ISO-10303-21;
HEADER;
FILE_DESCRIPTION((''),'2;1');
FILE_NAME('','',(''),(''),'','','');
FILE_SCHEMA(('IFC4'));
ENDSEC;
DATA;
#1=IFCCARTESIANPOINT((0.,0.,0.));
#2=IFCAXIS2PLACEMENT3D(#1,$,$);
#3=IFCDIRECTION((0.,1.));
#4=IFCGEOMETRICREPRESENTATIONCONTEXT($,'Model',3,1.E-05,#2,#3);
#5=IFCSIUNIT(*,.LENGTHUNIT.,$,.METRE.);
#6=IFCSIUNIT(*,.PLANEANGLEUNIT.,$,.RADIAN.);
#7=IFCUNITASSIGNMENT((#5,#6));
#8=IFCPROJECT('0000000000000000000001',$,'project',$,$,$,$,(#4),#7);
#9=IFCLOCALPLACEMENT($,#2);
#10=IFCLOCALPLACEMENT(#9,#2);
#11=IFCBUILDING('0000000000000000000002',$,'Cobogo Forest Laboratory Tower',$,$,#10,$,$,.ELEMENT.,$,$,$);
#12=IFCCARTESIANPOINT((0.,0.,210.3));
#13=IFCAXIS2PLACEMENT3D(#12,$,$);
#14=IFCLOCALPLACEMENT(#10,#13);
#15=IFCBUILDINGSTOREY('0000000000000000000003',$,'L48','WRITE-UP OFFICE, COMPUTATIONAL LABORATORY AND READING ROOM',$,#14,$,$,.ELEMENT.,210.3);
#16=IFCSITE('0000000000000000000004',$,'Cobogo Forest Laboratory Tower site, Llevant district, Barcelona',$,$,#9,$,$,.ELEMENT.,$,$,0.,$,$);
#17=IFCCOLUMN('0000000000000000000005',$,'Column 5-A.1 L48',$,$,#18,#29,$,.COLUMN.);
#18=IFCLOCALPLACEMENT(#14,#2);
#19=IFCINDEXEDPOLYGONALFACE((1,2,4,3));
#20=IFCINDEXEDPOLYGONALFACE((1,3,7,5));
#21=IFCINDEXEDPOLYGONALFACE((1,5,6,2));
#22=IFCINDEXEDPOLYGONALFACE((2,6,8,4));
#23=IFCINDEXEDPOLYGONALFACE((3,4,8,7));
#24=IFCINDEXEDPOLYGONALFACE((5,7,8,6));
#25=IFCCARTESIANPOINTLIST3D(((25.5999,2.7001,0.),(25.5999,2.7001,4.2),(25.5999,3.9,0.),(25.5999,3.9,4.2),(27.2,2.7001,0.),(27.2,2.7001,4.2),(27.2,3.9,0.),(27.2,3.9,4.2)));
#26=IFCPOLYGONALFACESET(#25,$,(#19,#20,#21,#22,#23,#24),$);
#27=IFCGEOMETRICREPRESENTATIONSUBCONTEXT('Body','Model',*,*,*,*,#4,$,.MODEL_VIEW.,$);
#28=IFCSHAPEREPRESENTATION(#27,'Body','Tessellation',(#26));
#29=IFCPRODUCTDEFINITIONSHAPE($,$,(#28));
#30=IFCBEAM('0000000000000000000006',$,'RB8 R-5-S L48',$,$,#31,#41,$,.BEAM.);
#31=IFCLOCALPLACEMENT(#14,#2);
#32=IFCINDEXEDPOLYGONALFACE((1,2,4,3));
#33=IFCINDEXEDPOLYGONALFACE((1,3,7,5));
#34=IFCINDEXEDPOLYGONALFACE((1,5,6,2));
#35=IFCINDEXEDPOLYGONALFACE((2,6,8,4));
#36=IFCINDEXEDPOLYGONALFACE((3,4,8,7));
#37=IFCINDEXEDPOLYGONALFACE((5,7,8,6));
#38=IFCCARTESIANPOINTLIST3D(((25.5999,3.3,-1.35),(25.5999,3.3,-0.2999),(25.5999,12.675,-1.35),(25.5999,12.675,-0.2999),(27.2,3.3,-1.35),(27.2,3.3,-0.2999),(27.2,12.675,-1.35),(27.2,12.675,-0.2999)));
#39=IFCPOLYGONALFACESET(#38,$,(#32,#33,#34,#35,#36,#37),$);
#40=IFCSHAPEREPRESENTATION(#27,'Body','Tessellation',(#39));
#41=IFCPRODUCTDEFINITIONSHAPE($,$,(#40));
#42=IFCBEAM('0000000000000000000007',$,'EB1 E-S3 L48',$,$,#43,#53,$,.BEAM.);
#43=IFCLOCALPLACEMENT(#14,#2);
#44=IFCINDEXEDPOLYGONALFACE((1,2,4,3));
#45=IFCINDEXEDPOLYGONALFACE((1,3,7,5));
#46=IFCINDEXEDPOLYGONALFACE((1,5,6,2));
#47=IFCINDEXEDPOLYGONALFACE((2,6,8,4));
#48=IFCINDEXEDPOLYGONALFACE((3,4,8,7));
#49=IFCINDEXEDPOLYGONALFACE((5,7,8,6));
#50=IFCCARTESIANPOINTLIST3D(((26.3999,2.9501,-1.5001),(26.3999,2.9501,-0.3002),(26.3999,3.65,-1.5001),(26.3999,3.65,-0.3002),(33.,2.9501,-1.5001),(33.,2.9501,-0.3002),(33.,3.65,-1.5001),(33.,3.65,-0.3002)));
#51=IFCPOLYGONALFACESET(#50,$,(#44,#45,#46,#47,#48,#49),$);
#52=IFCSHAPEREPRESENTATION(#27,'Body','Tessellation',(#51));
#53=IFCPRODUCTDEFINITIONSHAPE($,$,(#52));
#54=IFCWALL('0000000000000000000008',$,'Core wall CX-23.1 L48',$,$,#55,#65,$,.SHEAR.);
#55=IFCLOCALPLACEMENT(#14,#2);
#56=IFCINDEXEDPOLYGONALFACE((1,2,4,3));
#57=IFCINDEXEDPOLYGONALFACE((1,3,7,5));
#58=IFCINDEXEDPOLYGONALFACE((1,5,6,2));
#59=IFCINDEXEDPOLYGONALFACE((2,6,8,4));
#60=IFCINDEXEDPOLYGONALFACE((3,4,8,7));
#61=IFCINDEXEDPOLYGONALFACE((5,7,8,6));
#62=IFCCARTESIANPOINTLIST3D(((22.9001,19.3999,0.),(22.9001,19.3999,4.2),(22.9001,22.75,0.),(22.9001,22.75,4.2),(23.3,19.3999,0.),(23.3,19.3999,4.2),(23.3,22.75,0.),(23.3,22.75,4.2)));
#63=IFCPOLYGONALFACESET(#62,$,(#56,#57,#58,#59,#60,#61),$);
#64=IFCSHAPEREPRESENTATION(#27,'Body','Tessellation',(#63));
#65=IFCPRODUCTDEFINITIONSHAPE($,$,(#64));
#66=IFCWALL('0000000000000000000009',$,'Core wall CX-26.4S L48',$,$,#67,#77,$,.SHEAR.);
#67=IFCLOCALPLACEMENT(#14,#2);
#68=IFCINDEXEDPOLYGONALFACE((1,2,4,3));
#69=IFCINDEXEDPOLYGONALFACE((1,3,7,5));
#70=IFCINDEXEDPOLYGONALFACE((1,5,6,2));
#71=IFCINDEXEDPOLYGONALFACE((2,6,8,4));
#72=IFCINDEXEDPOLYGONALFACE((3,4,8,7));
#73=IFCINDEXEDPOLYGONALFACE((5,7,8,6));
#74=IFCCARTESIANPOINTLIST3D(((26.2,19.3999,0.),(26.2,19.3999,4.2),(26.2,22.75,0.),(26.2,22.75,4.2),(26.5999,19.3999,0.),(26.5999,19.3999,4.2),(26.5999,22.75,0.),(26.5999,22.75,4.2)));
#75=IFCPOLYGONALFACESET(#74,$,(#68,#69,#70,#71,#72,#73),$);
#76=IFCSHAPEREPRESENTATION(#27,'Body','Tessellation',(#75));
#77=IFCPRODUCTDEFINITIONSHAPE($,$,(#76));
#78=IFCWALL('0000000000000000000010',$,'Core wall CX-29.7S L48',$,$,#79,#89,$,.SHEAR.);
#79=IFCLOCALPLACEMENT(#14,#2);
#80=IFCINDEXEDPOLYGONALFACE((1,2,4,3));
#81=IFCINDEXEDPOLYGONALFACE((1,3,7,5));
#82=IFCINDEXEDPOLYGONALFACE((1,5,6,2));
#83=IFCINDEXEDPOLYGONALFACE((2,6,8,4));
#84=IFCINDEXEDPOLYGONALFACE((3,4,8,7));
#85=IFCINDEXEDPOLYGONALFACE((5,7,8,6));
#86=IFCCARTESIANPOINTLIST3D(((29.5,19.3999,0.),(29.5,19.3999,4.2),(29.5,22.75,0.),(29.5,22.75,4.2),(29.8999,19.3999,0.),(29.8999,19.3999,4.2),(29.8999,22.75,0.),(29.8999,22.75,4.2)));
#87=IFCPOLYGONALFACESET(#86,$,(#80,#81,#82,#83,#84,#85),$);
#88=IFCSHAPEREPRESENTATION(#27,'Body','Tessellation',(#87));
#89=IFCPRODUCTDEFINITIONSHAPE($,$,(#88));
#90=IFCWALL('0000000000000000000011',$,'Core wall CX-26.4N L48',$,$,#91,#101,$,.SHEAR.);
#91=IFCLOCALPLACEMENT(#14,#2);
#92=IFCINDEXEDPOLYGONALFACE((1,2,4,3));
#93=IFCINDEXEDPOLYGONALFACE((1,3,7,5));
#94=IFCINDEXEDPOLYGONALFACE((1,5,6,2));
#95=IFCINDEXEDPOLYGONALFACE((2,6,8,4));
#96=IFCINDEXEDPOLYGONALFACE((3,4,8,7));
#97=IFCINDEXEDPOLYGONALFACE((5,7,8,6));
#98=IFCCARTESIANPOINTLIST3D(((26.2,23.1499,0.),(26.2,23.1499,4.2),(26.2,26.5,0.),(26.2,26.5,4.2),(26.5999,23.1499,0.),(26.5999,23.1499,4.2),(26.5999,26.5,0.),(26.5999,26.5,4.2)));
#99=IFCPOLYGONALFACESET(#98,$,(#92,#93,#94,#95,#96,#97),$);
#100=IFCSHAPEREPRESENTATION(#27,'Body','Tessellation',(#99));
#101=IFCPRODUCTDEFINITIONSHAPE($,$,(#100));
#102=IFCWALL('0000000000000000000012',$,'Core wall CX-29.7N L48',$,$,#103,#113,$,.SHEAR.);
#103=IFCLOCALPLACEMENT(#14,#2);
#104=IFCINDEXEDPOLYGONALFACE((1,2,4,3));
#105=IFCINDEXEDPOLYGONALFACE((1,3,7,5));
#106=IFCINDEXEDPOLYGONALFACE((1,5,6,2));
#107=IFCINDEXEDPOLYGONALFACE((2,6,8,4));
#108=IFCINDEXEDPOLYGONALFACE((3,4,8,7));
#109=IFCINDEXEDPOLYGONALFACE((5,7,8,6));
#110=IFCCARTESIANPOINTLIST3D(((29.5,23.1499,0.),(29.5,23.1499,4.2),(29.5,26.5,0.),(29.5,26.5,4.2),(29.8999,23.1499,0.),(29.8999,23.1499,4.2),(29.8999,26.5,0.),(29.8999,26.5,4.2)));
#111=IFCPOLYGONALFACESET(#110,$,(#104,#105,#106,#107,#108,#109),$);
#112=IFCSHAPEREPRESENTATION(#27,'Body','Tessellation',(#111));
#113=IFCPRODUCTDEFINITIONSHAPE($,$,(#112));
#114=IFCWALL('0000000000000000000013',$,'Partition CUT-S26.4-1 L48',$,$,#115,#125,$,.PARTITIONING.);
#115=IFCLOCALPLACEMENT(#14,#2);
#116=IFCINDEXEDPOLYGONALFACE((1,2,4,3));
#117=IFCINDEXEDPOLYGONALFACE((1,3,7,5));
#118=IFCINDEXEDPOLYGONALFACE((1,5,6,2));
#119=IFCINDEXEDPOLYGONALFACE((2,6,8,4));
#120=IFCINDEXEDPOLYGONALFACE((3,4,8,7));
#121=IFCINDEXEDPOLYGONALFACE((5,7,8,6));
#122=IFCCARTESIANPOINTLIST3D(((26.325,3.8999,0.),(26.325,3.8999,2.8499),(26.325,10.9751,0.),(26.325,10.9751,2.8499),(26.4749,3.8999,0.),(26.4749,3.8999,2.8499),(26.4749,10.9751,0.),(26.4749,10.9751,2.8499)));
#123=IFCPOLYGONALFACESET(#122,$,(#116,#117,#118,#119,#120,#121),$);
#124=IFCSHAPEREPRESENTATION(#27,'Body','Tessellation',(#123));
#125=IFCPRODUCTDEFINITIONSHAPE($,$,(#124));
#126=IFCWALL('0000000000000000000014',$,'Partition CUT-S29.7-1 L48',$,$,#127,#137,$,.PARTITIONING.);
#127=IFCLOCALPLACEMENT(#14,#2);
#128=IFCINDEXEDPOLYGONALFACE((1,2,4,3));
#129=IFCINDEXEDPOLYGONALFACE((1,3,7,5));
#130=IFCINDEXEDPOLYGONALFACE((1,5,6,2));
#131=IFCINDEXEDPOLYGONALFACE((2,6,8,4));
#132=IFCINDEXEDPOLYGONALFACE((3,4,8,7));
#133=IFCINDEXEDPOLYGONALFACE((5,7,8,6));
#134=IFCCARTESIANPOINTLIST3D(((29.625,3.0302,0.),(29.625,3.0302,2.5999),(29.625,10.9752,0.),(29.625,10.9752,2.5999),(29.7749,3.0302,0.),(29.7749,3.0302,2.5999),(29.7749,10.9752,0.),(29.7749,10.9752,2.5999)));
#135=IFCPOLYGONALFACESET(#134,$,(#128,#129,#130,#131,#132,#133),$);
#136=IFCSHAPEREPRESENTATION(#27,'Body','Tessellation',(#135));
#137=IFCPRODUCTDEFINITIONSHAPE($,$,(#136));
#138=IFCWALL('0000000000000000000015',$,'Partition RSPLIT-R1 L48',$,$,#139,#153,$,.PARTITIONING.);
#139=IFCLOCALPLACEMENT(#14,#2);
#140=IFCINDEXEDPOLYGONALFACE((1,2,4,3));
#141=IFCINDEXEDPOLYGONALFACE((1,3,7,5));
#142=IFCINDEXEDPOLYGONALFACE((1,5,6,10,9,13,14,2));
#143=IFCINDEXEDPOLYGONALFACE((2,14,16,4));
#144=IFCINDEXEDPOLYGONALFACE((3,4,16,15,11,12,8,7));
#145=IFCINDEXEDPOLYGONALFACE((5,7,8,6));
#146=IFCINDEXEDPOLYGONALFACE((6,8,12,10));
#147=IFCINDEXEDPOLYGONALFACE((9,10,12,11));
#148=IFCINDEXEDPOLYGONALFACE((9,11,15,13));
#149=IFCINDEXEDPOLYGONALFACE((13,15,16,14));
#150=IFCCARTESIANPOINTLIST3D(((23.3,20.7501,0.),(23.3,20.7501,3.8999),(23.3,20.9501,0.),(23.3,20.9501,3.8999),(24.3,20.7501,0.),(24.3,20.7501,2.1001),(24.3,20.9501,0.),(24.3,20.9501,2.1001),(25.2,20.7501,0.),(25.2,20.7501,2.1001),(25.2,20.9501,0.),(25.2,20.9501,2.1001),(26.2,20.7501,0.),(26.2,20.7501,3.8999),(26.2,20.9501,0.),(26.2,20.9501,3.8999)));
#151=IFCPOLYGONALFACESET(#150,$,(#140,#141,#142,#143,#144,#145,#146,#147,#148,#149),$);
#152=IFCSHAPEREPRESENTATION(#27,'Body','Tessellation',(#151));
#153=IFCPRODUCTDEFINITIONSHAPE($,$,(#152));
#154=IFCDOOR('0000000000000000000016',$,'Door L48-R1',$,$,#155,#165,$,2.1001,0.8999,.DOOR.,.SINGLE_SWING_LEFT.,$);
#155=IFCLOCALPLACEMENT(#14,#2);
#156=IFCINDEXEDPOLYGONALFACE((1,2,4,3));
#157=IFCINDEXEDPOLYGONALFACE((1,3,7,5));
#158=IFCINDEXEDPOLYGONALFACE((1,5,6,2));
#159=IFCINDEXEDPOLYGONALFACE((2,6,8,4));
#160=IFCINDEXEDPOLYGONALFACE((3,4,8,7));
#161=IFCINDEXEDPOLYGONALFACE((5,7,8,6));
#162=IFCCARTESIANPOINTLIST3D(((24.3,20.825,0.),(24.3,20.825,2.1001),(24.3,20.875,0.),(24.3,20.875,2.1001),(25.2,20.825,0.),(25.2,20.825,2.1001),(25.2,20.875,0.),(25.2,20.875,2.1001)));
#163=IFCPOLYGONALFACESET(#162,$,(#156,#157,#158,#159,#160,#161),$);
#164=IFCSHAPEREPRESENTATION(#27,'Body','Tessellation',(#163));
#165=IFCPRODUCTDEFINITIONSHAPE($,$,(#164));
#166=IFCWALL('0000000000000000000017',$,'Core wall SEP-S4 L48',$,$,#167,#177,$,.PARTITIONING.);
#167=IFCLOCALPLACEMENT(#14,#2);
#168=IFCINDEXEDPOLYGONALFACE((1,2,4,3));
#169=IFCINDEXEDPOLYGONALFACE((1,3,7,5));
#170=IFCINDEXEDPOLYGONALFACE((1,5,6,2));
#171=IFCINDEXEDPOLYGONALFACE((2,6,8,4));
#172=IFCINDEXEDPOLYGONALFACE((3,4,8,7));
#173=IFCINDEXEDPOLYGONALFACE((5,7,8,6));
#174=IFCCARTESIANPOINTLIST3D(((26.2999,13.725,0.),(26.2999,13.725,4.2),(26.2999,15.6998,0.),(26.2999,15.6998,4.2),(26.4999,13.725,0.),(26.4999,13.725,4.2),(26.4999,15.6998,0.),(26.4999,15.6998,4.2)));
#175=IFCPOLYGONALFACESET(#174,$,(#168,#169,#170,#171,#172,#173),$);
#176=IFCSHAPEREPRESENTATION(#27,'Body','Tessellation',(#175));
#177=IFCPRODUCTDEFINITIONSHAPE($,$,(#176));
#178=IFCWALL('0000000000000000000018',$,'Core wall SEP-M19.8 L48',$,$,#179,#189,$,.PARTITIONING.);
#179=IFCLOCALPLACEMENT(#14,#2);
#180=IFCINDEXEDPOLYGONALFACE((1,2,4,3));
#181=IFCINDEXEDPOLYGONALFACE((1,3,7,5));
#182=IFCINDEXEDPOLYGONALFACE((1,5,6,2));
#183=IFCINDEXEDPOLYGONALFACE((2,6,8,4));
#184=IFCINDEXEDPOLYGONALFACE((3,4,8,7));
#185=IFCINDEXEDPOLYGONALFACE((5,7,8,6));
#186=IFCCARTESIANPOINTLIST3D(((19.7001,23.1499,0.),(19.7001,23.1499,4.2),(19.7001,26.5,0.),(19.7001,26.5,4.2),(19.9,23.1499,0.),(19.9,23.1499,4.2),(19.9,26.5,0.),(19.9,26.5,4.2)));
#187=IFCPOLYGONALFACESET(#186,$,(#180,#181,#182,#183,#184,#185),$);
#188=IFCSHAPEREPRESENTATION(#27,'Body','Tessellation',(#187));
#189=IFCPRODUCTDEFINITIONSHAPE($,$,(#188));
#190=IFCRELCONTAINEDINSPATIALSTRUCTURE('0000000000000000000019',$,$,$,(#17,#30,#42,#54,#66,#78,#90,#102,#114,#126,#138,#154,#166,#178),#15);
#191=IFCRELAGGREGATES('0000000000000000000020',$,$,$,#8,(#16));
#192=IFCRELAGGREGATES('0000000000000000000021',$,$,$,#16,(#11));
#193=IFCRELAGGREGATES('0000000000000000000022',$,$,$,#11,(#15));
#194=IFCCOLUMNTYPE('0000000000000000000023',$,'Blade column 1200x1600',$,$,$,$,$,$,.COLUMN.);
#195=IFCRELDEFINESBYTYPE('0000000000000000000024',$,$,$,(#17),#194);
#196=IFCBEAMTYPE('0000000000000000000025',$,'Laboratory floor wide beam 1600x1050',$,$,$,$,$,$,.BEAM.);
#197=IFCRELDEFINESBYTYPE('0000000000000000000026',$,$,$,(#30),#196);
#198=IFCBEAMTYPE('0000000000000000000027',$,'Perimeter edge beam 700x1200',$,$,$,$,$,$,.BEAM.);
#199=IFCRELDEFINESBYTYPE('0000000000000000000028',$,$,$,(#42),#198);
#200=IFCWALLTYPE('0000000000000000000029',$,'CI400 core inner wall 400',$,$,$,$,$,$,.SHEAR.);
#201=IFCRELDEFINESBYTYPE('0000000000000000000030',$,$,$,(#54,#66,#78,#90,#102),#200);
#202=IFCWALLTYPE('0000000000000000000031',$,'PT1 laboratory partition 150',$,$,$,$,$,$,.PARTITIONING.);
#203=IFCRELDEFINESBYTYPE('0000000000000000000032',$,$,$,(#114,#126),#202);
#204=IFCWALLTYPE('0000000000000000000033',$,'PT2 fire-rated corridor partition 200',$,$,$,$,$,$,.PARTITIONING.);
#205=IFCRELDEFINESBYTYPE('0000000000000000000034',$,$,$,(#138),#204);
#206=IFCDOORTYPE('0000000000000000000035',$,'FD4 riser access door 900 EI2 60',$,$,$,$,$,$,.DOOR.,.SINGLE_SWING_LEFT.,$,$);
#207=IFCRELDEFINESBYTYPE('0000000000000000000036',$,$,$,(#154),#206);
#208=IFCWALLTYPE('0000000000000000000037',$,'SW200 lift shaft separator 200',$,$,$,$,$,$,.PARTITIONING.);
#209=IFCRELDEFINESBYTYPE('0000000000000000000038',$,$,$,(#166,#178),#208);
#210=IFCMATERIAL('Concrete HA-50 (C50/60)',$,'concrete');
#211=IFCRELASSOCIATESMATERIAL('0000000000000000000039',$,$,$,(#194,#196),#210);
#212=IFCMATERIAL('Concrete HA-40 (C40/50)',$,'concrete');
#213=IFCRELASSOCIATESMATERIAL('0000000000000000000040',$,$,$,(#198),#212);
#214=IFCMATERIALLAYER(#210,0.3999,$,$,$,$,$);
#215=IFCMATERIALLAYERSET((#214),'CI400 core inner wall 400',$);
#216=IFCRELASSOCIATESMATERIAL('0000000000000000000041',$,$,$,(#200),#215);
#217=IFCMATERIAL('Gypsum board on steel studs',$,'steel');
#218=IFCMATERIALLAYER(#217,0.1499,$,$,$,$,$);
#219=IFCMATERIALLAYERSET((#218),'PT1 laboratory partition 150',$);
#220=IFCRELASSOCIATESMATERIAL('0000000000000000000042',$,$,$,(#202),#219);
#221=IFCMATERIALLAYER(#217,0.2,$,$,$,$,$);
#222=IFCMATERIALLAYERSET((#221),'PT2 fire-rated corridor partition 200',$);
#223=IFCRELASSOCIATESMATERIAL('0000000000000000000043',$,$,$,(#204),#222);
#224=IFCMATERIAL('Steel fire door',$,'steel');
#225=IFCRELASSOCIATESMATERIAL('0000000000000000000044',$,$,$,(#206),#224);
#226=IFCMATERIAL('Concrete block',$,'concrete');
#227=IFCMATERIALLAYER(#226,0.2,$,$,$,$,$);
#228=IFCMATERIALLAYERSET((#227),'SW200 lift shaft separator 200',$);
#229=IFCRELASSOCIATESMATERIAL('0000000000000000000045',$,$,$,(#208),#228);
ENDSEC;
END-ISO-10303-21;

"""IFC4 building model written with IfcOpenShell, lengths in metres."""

from ifc_helpers import new_model, si_unit, direction, frame, frame_2d, origin, origin_2d, place, context, subcontext, project, spatial, rectangle, extrude, material, layer, layer_set, material_profile, profile_set, type_object, element, fill, save


model = new_model("IFC4")

# Units and contexts
model_context = context("Model", 3, precision=1e-05, world=origin(), true_north=direction((0.0, 1.0)))
body_context = subcontext(model_context, "Body", "Model", "MODEL_VIEW")
ifc_project = project(units=[si_unit("LENGTHUNIT", "METRE"), si_unit("PLANEANGLEUNIT", "RADIAN")], contexts=[model_context])

# Site, building, storey
site_placement = place(None, origin())
site = spatial("IfcSite", under=ifc_project, at=site_placement, Name="Cobogo Forest Laboratory Tower site, Llevant district, Barcelona", CompositionType="ELEMENT", RefElevation=0.0)
building_placement = place(site_placement, origin())
building = spatial("IfcBuilding", under=site, at=building_placement, Name="Cobogo Forest Laboratory Tower", CompositionType="ELEMENT")
storey_placement = place(building_placement, frame((0.0, 0.0, 210.3)))
storey = spatial("IfcBuildingStorey", under=building, at=storey_placement, Name="L48", Description="WRITE-UP OFFICE, COMPUTATIONAL LABORATORY AND READING ROOM", CompositionType="ELEMENT", Elevation=210.3)

# Column
ifc_material_1 = material(Name="Concrete HA-50 (C50/60)", Category="concrete")
ifc_material_profile_1 = material_profile(ifc_material_1, rectangle(XDim=1.6001, YDim=1.2, at=origin_2d()), Name="RC 1200x1600")
ifc_profile_set_1 = profile_set([ifc_material_profile_1], Name="Concrete HA-50 (C50/60)")
column_type = type_object("IfcColumnType", Name="Blade column 1200x1600", PredefinedType="COLUMN", material=ifc_profile_set_1)
column_placement = place(storey_placement, frame((26.3999, 3.3, 0.0), z_axis=(0.0, 0.0, 1.0), x_axis=(1.0, 0.0, 0.0)))
element("IfcColumn", 1, at=column_placement, inside=storey, type_object=column_type, Name="Column 5-A.1 L48", PredefinedType="COLUMN", context=body_context, shape_type="SweptSolid", body=[
    extrude(rectangle(XDim=1.6001, YDim=1.2, at=origin_2d()), origin(), (0.0, 0.0, 1.0), 4.2),
])

# Beams
ifc_material_profile_2 = material_profile(ifc_material_1, rectangle(XDim=1.6001, YDim=1.05, at=origin_2d()), Name="RC 1600x1050")
ifc_profile_set_2 = profile_set([ifc_material_profile_2], Name="Concrete HA-50 (C50/60)")
beam_type_1 = type_object("IfcBeamType", Name="Laboratory floor wide beam 1600x1050", PredefinedType="BEAM", material=ifc_profile_set_2)
beam_1_placement = place(storey_placement, frame((26.3999, 12.675, -0.825), z_axis=(0.0, -1.0, 0.0), x_axis=(1.0, 0.0, 0.0)))
element("IfcBeam", 2, at=beam_1_placement, inside=storey, type_object=beam_type_1, Name="RB8 R-5-S L48", PredefinedType="BEAM", context=body_context, shape_type="SweptSolid", body=[
    extrude(rectangle(XDim=1.6001, YDim=1.05, at=origin_2d()), origin(), (0.0, 0.0, 1.0), 9.375),
])
ifc_material_2 = material(Name="Concrete HA-40 (C40/50)", Category="concrete")
ifc_material_profile_3 = material_profile(ifc_material_2, rectangle(XDim=0.7, YDim=1.2, at=origin_2d()), Name="RC 700x1200")
ifc_profile_set_3 = profile_set([ifc_material_profile_3], Name="Concrete HA-40 (C40/50)")
beam_type_2 = type_object("IfcBeamType", Name="Perimeter edge beam 700x1200", PredefinedType="BEAM", material=ifc_profile_set_3)
beam_2_placement = place(storey_placement, frame((26.3999, 3.3, -0.9001), z_axis=(1.0, 0.0, 0.0), x_axis=(0.0, 1.0, 0.0)))
element("IfcBeam", 3, at=beam_2_placement, inside=storey, type_object=beam_type_2, Name="EB1 E-S3 L48", PredefinedType="BEAM", context=body_context, shape_type="SweptSolid", body=[
    extrude(rectangle(XDim=0.7, YDim=1.2, at=origin_2d()), origin(), (0.0, 0.0, 1.0), 6.6001),
])

# Walls
ifc_layer_1 = layer(ifc_material_1, 0.3999)
ifc_layer_set_1 = layer_set([ifc_layer_1], Name="CI400 core inner wall 400")
wall_type_1 = type_object("IfcWallType", Name="CI400 core inner wall 400", PredefinedType="SHEAR", material=ifc_layer_set_1)
for number, where, z_axis, x_axis, name in (
    (4, (23.1001, 19.3999, 0.0), (0.0, 0.0, 1.0), (0.0, 1.0, 0.0), "Core wall CX-23.1 L48"),
    (5, (26.3999, 19.3999, 0.0), (0.0, 0.0, 1.0), (0.0, 1.0, 0.0), "Core wall CX-26.4S L48"),
    (6, (29.7, 19.3999, 0.0), (0.0, 0.0, 1.0), (0.0, 1.0, 0.0), "Core wall CX-29.7S L48"),
    (7, (26.3999, 23.1499, 0.0), (0.0, 0.0, 1.0), (0.0, 1.0, 0.0), "Core wall CX-26.4N L48"),
    (8, (29.7, 23.1499, 0.0), (0.0, 0.0, 1.0), (0.0, 1.0, 0.0), "Core wall CX-29.7N L48"),
):
    element("IfcWall", number, at=place(storey_placement, frame(where, z_axis=z_axis, x_axis=x_axis)), inside=storey, type_object=wall_type_1, Name=name, PredefinedType="SHEAR", context=body_context, shape_type="SweptSolid", body=[
        extrude(rectangle(XDim=3.3501, YDim=0.3999, at=frame_2d((1.675, 0.0))), origin(), (0.0, 0.0, 1.0), 4.2),
    ])
ifc_material_3 = material(Name="Gypsum board on steel studs", Category="steel")
ifc_layer_2 = layer(ifc_material_3, 0.1499)
ifc_layer_set_2 = layer_set([ifc_layer_2], Name="PT1 laboratory partition 150")
wall_type_2 = type_object("IfcWallType", Name="PT1 laboratory partition 150", PredefinedType="PARTITIONING", material=ifc_layer_set_2)
wall_1_placement = place(storey_placement, frame((26.3999, 3.8999, 0.0), z_axis=(0.0, 0.0, 1.0), x_axis=(0.0, 1.0, 0.0)))
element("IfcWall", 9, at=wall_1_placement, inside=storey, type_object=wall_type_2, Name="Partition CUT-S26.4-1 L48", PredefinedType="PARTITIONING", context=body_context, shape_type="SweptSolid", body=[
    extrude(rectangle(XDim=7.0752, YDim=0.1499, at=frame_2d((3.5376, 0.0))), origin(), (0.0, 0.0, 1.0), 2.8499),
])
wall_2_placement = place(storey_placement, frame((29.7, 3.03, 0.0), z_axis=(0.0, 0.0, 1.0), x_axis=(0.0, 1.0, 0.0)))
element("IfcWall", 10, at=wall_2_placement, inside=storey, type_object=wall_type_2, Name="Partition CUT-S29.7-1 L48", PredefinedType="PARTITIONING", context=body_context, shape_type="SweptSolid", body=[
    extrude(rectangle(XDim=7.9451, YDim=0.1499, at=frame_2d((3.9727, 0.0))), origin(), (0.0, 0.0, 1.0), 2.5999),
])

# Wall, opening, door
ifc_layer_3 = layer(ifc_material_3, 0.2)
ifc_layer_set_3 = layer_set([ifc_layer_3], Name="PT2 fire-rated corridor partition 200")
wall_type_3 = type_object("IfcWallType", Name="PT2 fire-rated corridor partition 200", PredefinedType="PARTITIONING", material=ifc_layer_set_3)
wall_3_placement = place(storey_placement, frame((23.3, 20.8501, 0.0), z_axis=(0.0, 0.0, 1.0), x_axis=(1.0, 0.0, 0.0)))
wall_3 = element("IfcWall", 11, at=wall_3_placement, inside=storey, type_object=wall_type_3, Name="Partition RSPLIT-R1 L48", PredefinedType="PARTITIONING", context=body_context, shape_type="SweptSolid", body=[
    extrude(rectangle(XDim=2.8999, YDim=0.2, at=frame_2d((1.45, 0.0))), origin(), (0.0, 0.0, 1.0), 3.8999),
])
opening_placement = place(wall_3_placement, frame((1.0, 0.0, 0.0)))
opening = element("IfcOpeningElement", 12, at=opening_placement, cuts=wall_3, PredefinedType="OPENING", context=body_context, shape_type="SweptSolid", body=[
    extrude(rectangle(XDim=0.8999, YDim=2.1001, at=frame_2d((0.45, 1.05))), frame((0.0, 0.1099, 0.0), z_axis=(0.0, -1.0, 0.0), x_axis=(1.0, 0.0, 0.0)), (0.0, 0.0, 1.0), 0.22),
])
ifc_material_4 = material(Name="Steel fire door", Category="steel")
door_type = type_object("IfcDoorType", Name="FD4 riser access door 900 EI2 60", OperationType="SINGLE_SWING_LEFT", PredefinedType="DOOR", material=ifc_material_4)
door_placement = place(opening_placement, origin())
door = element("IfcDoor", 13, at=door_placement, inside=storey, type_object=door_type, Name="Door L48-R1", OperationType="SINGLE_SWING_LEFT", OverallHeight=2.1001, OverallWidth=0.8999, PredefinedType="DOOR", context=body_context, shape_type="SweptSolid", body=[
    extrude(rectangle(XDim=0.8999, YDim=2.1001, at=frame_2d((0.45, 1.05))), frame((0.0, 0.0249, 0.0), z_axis=(0.0, -1.0, 0.0), x_axis=(1.0, 0.0, 0.0)), (0.0, 0.0, 1.0), 0.05),
])
fill(opening, door)

# Walls
ifc_material_5 = material(Name="Concrete block", Category="concrete")
ifc_layer_4 = layer(ifc_material_5, 0.2)
ifc_layer_set_4 = layer_set([ifc_layer_4], Name="SW200 lift shaft separator 200")
wall_type_4 = type_object("IfcWallType", Name="SW200 lift shaft separator 200", PredefinedType="PARTITIONING", material=ifc_layer_set_4)
wall_4_placement = place(storey_placement, frame((26.3999, 13.7251, 0.0), z_axis=(0.0, 0.0, 1.0), x_axis=(0.0, 1.0, 0.0)))
element("IfcWall", 14, at=wall_4_placement, inside=storey, type_object=wall_type_4, Name="Core wall SEP-S4 L48", PredefinedType="PARTITIONING", context=body_context, shape_type="SweptSolid", body=[
    extrude(rectangle(XDim=1.9749, YDim=0.2, at=frame_2d((0.9873, 0.0))), origin(), (0.0, 0.0, 1.0), 4.2),
])
for number, where, z_axis, x_axis, name in (
    (15, (19.8, 23.1499, 0.0), (0.0, 0.0, 1.0), (0.0, 1.0, 0.0), "Core wall SEP-M19.8 L48"),
):
    element("IfcWall", number, at=place(storey_placement, frame(where, z_axis=z_axis, x_axis=x_axis)), inside=storey, type_object=wall_type_4, Name=name, PredefinedType="PARTITIONING", context=body_context, shape_type="SweptSolid", body=[
        extrude(rectangle(XDim=3.3501, YDim=0.2, at=frame_2d((1.675, 0.0))), origin(), (0.0, 0.0, 1.0), 4.2),
    ])

save(model, "model.ifc")
